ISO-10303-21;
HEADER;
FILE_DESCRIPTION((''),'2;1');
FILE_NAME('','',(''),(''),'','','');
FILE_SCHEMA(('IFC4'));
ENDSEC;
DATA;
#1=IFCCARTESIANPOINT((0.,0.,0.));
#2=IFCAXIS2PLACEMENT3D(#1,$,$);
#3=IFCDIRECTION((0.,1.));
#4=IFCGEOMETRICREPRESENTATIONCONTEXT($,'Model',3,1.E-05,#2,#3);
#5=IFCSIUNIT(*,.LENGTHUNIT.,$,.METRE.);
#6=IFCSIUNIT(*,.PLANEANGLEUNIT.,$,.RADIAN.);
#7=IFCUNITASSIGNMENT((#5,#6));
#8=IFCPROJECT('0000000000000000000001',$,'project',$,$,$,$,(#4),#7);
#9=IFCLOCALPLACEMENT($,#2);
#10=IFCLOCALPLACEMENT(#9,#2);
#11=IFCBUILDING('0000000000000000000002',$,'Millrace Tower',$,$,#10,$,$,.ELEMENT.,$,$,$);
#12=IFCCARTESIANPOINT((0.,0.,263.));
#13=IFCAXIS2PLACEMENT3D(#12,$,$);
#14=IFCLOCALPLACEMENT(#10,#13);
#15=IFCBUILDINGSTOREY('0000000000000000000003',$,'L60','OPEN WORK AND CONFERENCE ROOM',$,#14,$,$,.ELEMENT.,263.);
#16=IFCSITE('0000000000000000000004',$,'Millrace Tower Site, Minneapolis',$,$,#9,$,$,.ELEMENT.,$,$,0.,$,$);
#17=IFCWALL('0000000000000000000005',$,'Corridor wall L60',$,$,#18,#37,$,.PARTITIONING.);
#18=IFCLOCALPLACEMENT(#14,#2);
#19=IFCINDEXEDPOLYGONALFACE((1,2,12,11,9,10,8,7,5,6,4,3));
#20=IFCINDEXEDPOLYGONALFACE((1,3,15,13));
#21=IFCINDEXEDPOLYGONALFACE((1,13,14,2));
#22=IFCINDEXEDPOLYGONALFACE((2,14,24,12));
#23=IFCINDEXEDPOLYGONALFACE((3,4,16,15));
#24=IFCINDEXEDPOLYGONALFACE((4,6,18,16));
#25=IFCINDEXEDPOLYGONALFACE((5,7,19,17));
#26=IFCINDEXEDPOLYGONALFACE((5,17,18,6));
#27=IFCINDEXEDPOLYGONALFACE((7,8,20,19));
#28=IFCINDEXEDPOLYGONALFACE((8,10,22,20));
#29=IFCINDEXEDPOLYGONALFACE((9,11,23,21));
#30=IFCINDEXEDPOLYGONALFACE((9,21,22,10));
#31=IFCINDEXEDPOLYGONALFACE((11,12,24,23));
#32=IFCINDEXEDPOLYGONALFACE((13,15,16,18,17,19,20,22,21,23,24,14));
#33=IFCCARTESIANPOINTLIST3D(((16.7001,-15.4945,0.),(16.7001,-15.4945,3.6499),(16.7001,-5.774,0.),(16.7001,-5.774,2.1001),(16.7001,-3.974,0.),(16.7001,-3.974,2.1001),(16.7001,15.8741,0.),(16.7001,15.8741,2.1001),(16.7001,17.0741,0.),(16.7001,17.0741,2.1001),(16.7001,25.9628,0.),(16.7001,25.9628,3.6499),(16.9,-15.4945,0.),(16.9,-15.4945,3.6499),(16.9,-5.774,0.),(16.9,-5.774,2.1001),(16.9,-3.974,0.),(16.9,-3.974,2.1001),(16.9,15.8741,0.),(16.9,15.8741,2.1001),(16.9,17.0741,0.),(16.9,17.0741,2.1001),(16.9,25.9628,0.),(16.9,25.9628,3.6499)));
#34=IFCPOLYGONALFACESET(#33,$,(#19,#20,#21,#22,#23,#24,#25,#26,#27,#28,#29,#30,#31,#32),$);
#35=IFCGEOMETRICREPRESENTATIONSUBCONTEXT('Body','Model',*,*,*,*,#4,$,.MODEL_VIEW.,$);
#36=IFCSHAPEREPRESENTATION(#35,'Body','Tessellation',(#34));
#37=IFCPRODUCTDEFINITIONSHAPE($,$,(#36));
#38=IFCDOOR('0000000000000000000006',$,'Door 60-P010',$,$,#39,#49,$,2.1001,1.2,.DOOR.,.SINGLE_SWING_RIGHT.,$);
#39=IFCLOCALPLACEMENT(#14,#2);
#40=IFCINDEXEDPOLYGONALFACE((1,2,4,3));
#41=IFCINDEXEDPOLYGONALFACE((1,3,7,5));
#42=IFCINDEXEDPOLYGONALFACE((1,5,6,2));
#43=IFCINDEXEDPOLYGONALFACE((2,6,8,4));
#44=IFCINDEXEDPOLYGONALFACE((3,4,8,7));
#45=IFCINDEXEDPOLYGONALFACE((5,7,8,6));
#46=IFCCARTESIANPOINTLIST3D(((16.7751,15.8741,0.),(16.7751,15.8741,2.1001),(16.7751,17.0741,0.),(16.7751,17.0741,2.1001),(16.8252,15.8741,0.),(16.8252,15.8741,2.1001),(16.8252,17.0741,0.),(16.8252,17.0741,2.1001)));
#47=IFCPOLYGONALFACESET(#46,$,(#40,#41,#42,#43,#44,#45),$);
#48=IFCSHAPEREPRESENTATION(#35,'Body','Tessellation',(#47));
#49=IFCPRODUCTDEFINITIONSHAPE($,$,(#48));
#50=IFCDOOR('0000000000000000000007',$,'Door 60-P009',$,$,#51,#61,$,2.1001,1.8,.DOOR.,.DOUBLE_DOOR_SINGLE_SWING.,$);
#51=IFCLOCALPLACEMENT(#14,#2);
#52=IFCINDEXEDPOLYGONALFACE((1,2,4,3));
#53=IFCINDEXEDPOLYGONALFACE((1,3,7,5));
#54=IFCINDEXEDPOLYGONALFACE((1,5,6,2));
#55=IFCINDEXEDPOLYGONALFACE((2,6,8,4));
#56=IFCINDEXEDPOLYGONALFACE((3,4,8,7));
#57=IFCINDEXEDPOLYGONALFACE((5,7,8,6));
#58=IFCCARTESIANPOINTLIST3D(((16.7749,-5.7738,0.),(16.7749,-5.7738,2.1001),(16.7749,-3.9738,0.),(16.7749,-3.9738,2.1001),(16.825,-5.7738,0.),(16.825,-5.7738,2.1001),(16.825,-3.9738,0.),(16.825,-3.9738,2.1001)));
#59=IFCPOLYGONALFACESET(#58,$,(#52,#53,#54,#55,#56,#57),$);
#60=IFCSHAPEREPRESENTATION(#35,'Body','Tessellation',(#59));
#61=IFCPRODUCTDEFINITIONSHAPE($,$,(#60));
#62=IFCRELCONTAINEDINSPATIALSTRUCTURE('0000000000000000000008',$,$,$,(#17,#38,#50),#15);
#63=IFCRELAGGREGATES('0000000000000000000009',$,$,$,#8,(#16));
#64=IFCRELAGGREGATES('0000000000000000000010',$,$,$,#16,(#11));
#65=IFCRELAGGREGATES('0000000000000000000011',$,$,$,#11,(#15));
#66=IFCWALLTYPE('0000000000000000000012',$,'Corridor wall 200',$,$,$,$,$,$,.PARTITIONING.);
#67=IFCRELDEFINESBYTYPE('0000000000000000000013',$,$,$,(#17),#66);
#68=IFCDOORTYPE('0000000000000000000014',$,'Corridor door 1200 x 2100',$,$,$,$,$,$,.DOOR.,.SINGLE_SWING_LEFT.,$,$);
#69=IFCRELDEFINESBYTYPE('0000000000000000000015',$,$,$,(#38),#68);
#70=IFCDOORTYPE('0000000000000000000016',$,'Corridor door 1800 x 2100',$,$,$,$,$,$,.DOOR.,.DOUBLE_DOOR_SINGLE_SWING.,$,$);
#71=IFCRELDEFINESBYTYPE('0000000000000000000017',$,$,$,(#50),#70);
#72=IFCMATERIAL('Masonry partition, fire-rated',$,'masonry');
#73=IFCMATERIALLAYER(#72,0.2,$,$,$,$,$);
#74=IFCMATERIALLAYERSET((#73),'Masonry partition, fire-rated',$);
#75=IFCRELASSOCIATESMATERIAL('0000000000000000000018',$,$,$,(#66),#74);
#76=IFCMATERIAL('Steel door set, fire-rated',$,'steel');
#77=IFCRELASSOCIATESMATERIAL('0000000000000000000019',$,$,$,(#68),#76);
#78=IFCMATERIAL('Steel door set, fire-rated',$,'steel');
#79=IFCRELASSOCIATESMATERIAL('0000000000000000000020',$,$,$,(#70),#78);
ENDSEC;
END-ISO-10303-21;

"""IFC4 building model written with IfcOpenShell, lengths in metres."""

from ifc_helpers import new_model, si_unit, direction, frame, frame_2d, origin, place, context, subcontext, project, spatial, rectangle, extrude, material, layer, layer_set, type_object, element, fill, save


model = new_model("IFC4")

# Units and contexts
model_context = context("Model", 3, precision=1e-05, world=origin(), true_north=direction((0.0, 1.0)))
body_context = subcontext(model_context, "Body", "Model", "MODEL_VIEW")
ifc_project = project(units=[si_unit("LENGTHUNIT", "METRE"), si_unit("PLANEANGLEUNIT", "RADIAN")], contexts=[model_context])

# Site, building, storey
site_placement = place(None, origin())
site = spatial("IfcSite", under=ifc_project, at=site_placement, Name="Millrace Tower Site, Minneapolis", CompositionType="ELEMENT", RefElevation=0.0)
building_placement = place(site_placement, origin())
building = spatial("IfcBuilding", under=site, at=building_placement, Name="Millrace Tower", CompositionType="ELEMENT")
storey_placement = place(building_placement, frame((0.0, 0.0, 263.0)))
storey = spatial("IfcBuildingStorey", under=building, at=storey_placement, Name="L60", Description="OPEN WORK AND CONFERENCE ROOM", CompositionType="ELEMENT", Elevation=263.0)

# Wall, openings, doors
ifc_material_1 = material(Name="Masonry partition, fire-rated", Category="masonry")
ifc_layer_1 = layer(ifc_material_1, 0.2)
ifc_layer_set_1 = layer_set([ifc_layer_1], Name="Masonry partition, fire-rated")
wall_type = type_object("IfcWallType", Name="Corridor wall 200", PredefinedType="PARTITIONING", material=ifc_layer_set_1)
wall_placement = place(storey_placement, frame((16.8, -15.4944, 0.0), z_axis=(0.0, 0.0, 1.0), x_axis=(0.0, 1.0, 0.0)))
wall = element("IfcWall", 1, at=wall_placement, inside=storey, type_object=wall_type, Name="Corridor wall L60", PredefinedType="PARTITIONING", context=body_context, shape_type="SweptSolid", body=[
    extrude(rectangle(XDim=41.4573, YDim=0.2, at=frame_2d((20.7285, 0.0))), origin(), (0.0, 0.0, 1.0), 3.6499),
])
opening_1_placement = place(wall_placement, frame((9.7205, 0.0, 0.0)))
opening_1 = element("IfcOpeningElement", 2, at=opening_1_placement, cuts=wall, PredefinedType="OPENING", context=body_context, shape_type="SweptSolid", body=[
    extrude(rectangle(XDim=1.8, YDim=2.1001, at=frame_2d((0.8999, 1.05))), frame((0.0, 0.1099, 0.0), z_axis=(0.0, -1.0, 0.0), x_axis=(1.0, 0.0, 0.0)), (0.0, 0.0, 1.0), 0.22),
])
opening_2_placement = place(wall_placement, frame((31.3684, 0.0, 0.0)))
opening_2 = element("IfcOpeningElement", 3, at=opening_2_placement, cuts=wall, PredefinedType="OPENING", context=body_context, shape_type="SweptSolid", body=[
    extrude(rectangle(XDim=1.2, YDim=2.1001, at=frame_2d((0.6001, 1.05))), frame((0.0, 0.1099, 0.0), z_axis=(0.0, -1.0, 0.0), x_axis=(1.0, 0.0, 0.0)), (0.0, 0.0, 1.0), 0.22),
])
ifc_material_2 = material(Name="Steel door set, fire-rated", Category="steel")
door_type_1 = type_object("IfcDoorType", Name="Corridor door 1200 x 2100", OperationType="SINGLE_SWING_LEFT", PredefinedType="DOOR", material=ifc_material_2)
door_1_placement = place(opening_2_placement, origin())
door_1 = element("IfcDoor", 4, at=door_1_placement, inside=storey, type_object=door_type_1, Name="Door 60-P010", OperationType="SINGLE_SWING_RIGHT", OverallHeight=2.1001, OverallWidth=1.2, PredefinedType="DOOR", context=body_context, shape_type="SweptSolid", body=[
    extrude(rectangle(XDim=1.2, YDim=2.1001, at=frame_2d((0.6001, 1.05))), frame((0.0, 0.0249, 0.0), z_axis=(0.0, -1.0, 0.0), x_axis=(1.0, 0.0, 0.0)), (0.0, 0.0, 1.0), 0.05),
])
fill(opening_2, door_1)
ifc_material_3 = material(Name="Steel door set, fire-rated", Category="steel")
door_type_2 = type_object("IfcDoorType", Name="Corridor door 1800 x 2100", OperationType="DOUBLE_DOOR_SINGLE_SWING", PredefinedType="DOOR", material=ifc_material_3)
door_2_placement = place(opening_1_placement, frame((1.8, 0.0, 0.0), z_axis=(0.0, 0.0, 1.0), x_axis=(-1.0, 0.0, 0.0)))
door_2 = element("IfcDoor", 5, at=door_2_placement, inside=storey, type_object=door_type_2, Name="Door 60-P009", OperationType="DOUBLE_DOOR_SINGLE_SWING", OverallHeight=2.1001, OverallWidth=1.8, PredefinedType="DOOR", context=body_context, shape_type="SweptSolid", body=[
    extrude(rectangle(XDim=1.8, YDim=2.1001, at=frame_2d((0.8999, 1.05))), frame((0.0, 0.0249, 0.0), z_axis=(0.0, -1.0, 0.0), x_axis=(1.0, 0.0, 0.0)), (0.0, 0.0, 1.0), 0.05),
])
fill(opening_1, door_2)

save(model, "model.ifc")
